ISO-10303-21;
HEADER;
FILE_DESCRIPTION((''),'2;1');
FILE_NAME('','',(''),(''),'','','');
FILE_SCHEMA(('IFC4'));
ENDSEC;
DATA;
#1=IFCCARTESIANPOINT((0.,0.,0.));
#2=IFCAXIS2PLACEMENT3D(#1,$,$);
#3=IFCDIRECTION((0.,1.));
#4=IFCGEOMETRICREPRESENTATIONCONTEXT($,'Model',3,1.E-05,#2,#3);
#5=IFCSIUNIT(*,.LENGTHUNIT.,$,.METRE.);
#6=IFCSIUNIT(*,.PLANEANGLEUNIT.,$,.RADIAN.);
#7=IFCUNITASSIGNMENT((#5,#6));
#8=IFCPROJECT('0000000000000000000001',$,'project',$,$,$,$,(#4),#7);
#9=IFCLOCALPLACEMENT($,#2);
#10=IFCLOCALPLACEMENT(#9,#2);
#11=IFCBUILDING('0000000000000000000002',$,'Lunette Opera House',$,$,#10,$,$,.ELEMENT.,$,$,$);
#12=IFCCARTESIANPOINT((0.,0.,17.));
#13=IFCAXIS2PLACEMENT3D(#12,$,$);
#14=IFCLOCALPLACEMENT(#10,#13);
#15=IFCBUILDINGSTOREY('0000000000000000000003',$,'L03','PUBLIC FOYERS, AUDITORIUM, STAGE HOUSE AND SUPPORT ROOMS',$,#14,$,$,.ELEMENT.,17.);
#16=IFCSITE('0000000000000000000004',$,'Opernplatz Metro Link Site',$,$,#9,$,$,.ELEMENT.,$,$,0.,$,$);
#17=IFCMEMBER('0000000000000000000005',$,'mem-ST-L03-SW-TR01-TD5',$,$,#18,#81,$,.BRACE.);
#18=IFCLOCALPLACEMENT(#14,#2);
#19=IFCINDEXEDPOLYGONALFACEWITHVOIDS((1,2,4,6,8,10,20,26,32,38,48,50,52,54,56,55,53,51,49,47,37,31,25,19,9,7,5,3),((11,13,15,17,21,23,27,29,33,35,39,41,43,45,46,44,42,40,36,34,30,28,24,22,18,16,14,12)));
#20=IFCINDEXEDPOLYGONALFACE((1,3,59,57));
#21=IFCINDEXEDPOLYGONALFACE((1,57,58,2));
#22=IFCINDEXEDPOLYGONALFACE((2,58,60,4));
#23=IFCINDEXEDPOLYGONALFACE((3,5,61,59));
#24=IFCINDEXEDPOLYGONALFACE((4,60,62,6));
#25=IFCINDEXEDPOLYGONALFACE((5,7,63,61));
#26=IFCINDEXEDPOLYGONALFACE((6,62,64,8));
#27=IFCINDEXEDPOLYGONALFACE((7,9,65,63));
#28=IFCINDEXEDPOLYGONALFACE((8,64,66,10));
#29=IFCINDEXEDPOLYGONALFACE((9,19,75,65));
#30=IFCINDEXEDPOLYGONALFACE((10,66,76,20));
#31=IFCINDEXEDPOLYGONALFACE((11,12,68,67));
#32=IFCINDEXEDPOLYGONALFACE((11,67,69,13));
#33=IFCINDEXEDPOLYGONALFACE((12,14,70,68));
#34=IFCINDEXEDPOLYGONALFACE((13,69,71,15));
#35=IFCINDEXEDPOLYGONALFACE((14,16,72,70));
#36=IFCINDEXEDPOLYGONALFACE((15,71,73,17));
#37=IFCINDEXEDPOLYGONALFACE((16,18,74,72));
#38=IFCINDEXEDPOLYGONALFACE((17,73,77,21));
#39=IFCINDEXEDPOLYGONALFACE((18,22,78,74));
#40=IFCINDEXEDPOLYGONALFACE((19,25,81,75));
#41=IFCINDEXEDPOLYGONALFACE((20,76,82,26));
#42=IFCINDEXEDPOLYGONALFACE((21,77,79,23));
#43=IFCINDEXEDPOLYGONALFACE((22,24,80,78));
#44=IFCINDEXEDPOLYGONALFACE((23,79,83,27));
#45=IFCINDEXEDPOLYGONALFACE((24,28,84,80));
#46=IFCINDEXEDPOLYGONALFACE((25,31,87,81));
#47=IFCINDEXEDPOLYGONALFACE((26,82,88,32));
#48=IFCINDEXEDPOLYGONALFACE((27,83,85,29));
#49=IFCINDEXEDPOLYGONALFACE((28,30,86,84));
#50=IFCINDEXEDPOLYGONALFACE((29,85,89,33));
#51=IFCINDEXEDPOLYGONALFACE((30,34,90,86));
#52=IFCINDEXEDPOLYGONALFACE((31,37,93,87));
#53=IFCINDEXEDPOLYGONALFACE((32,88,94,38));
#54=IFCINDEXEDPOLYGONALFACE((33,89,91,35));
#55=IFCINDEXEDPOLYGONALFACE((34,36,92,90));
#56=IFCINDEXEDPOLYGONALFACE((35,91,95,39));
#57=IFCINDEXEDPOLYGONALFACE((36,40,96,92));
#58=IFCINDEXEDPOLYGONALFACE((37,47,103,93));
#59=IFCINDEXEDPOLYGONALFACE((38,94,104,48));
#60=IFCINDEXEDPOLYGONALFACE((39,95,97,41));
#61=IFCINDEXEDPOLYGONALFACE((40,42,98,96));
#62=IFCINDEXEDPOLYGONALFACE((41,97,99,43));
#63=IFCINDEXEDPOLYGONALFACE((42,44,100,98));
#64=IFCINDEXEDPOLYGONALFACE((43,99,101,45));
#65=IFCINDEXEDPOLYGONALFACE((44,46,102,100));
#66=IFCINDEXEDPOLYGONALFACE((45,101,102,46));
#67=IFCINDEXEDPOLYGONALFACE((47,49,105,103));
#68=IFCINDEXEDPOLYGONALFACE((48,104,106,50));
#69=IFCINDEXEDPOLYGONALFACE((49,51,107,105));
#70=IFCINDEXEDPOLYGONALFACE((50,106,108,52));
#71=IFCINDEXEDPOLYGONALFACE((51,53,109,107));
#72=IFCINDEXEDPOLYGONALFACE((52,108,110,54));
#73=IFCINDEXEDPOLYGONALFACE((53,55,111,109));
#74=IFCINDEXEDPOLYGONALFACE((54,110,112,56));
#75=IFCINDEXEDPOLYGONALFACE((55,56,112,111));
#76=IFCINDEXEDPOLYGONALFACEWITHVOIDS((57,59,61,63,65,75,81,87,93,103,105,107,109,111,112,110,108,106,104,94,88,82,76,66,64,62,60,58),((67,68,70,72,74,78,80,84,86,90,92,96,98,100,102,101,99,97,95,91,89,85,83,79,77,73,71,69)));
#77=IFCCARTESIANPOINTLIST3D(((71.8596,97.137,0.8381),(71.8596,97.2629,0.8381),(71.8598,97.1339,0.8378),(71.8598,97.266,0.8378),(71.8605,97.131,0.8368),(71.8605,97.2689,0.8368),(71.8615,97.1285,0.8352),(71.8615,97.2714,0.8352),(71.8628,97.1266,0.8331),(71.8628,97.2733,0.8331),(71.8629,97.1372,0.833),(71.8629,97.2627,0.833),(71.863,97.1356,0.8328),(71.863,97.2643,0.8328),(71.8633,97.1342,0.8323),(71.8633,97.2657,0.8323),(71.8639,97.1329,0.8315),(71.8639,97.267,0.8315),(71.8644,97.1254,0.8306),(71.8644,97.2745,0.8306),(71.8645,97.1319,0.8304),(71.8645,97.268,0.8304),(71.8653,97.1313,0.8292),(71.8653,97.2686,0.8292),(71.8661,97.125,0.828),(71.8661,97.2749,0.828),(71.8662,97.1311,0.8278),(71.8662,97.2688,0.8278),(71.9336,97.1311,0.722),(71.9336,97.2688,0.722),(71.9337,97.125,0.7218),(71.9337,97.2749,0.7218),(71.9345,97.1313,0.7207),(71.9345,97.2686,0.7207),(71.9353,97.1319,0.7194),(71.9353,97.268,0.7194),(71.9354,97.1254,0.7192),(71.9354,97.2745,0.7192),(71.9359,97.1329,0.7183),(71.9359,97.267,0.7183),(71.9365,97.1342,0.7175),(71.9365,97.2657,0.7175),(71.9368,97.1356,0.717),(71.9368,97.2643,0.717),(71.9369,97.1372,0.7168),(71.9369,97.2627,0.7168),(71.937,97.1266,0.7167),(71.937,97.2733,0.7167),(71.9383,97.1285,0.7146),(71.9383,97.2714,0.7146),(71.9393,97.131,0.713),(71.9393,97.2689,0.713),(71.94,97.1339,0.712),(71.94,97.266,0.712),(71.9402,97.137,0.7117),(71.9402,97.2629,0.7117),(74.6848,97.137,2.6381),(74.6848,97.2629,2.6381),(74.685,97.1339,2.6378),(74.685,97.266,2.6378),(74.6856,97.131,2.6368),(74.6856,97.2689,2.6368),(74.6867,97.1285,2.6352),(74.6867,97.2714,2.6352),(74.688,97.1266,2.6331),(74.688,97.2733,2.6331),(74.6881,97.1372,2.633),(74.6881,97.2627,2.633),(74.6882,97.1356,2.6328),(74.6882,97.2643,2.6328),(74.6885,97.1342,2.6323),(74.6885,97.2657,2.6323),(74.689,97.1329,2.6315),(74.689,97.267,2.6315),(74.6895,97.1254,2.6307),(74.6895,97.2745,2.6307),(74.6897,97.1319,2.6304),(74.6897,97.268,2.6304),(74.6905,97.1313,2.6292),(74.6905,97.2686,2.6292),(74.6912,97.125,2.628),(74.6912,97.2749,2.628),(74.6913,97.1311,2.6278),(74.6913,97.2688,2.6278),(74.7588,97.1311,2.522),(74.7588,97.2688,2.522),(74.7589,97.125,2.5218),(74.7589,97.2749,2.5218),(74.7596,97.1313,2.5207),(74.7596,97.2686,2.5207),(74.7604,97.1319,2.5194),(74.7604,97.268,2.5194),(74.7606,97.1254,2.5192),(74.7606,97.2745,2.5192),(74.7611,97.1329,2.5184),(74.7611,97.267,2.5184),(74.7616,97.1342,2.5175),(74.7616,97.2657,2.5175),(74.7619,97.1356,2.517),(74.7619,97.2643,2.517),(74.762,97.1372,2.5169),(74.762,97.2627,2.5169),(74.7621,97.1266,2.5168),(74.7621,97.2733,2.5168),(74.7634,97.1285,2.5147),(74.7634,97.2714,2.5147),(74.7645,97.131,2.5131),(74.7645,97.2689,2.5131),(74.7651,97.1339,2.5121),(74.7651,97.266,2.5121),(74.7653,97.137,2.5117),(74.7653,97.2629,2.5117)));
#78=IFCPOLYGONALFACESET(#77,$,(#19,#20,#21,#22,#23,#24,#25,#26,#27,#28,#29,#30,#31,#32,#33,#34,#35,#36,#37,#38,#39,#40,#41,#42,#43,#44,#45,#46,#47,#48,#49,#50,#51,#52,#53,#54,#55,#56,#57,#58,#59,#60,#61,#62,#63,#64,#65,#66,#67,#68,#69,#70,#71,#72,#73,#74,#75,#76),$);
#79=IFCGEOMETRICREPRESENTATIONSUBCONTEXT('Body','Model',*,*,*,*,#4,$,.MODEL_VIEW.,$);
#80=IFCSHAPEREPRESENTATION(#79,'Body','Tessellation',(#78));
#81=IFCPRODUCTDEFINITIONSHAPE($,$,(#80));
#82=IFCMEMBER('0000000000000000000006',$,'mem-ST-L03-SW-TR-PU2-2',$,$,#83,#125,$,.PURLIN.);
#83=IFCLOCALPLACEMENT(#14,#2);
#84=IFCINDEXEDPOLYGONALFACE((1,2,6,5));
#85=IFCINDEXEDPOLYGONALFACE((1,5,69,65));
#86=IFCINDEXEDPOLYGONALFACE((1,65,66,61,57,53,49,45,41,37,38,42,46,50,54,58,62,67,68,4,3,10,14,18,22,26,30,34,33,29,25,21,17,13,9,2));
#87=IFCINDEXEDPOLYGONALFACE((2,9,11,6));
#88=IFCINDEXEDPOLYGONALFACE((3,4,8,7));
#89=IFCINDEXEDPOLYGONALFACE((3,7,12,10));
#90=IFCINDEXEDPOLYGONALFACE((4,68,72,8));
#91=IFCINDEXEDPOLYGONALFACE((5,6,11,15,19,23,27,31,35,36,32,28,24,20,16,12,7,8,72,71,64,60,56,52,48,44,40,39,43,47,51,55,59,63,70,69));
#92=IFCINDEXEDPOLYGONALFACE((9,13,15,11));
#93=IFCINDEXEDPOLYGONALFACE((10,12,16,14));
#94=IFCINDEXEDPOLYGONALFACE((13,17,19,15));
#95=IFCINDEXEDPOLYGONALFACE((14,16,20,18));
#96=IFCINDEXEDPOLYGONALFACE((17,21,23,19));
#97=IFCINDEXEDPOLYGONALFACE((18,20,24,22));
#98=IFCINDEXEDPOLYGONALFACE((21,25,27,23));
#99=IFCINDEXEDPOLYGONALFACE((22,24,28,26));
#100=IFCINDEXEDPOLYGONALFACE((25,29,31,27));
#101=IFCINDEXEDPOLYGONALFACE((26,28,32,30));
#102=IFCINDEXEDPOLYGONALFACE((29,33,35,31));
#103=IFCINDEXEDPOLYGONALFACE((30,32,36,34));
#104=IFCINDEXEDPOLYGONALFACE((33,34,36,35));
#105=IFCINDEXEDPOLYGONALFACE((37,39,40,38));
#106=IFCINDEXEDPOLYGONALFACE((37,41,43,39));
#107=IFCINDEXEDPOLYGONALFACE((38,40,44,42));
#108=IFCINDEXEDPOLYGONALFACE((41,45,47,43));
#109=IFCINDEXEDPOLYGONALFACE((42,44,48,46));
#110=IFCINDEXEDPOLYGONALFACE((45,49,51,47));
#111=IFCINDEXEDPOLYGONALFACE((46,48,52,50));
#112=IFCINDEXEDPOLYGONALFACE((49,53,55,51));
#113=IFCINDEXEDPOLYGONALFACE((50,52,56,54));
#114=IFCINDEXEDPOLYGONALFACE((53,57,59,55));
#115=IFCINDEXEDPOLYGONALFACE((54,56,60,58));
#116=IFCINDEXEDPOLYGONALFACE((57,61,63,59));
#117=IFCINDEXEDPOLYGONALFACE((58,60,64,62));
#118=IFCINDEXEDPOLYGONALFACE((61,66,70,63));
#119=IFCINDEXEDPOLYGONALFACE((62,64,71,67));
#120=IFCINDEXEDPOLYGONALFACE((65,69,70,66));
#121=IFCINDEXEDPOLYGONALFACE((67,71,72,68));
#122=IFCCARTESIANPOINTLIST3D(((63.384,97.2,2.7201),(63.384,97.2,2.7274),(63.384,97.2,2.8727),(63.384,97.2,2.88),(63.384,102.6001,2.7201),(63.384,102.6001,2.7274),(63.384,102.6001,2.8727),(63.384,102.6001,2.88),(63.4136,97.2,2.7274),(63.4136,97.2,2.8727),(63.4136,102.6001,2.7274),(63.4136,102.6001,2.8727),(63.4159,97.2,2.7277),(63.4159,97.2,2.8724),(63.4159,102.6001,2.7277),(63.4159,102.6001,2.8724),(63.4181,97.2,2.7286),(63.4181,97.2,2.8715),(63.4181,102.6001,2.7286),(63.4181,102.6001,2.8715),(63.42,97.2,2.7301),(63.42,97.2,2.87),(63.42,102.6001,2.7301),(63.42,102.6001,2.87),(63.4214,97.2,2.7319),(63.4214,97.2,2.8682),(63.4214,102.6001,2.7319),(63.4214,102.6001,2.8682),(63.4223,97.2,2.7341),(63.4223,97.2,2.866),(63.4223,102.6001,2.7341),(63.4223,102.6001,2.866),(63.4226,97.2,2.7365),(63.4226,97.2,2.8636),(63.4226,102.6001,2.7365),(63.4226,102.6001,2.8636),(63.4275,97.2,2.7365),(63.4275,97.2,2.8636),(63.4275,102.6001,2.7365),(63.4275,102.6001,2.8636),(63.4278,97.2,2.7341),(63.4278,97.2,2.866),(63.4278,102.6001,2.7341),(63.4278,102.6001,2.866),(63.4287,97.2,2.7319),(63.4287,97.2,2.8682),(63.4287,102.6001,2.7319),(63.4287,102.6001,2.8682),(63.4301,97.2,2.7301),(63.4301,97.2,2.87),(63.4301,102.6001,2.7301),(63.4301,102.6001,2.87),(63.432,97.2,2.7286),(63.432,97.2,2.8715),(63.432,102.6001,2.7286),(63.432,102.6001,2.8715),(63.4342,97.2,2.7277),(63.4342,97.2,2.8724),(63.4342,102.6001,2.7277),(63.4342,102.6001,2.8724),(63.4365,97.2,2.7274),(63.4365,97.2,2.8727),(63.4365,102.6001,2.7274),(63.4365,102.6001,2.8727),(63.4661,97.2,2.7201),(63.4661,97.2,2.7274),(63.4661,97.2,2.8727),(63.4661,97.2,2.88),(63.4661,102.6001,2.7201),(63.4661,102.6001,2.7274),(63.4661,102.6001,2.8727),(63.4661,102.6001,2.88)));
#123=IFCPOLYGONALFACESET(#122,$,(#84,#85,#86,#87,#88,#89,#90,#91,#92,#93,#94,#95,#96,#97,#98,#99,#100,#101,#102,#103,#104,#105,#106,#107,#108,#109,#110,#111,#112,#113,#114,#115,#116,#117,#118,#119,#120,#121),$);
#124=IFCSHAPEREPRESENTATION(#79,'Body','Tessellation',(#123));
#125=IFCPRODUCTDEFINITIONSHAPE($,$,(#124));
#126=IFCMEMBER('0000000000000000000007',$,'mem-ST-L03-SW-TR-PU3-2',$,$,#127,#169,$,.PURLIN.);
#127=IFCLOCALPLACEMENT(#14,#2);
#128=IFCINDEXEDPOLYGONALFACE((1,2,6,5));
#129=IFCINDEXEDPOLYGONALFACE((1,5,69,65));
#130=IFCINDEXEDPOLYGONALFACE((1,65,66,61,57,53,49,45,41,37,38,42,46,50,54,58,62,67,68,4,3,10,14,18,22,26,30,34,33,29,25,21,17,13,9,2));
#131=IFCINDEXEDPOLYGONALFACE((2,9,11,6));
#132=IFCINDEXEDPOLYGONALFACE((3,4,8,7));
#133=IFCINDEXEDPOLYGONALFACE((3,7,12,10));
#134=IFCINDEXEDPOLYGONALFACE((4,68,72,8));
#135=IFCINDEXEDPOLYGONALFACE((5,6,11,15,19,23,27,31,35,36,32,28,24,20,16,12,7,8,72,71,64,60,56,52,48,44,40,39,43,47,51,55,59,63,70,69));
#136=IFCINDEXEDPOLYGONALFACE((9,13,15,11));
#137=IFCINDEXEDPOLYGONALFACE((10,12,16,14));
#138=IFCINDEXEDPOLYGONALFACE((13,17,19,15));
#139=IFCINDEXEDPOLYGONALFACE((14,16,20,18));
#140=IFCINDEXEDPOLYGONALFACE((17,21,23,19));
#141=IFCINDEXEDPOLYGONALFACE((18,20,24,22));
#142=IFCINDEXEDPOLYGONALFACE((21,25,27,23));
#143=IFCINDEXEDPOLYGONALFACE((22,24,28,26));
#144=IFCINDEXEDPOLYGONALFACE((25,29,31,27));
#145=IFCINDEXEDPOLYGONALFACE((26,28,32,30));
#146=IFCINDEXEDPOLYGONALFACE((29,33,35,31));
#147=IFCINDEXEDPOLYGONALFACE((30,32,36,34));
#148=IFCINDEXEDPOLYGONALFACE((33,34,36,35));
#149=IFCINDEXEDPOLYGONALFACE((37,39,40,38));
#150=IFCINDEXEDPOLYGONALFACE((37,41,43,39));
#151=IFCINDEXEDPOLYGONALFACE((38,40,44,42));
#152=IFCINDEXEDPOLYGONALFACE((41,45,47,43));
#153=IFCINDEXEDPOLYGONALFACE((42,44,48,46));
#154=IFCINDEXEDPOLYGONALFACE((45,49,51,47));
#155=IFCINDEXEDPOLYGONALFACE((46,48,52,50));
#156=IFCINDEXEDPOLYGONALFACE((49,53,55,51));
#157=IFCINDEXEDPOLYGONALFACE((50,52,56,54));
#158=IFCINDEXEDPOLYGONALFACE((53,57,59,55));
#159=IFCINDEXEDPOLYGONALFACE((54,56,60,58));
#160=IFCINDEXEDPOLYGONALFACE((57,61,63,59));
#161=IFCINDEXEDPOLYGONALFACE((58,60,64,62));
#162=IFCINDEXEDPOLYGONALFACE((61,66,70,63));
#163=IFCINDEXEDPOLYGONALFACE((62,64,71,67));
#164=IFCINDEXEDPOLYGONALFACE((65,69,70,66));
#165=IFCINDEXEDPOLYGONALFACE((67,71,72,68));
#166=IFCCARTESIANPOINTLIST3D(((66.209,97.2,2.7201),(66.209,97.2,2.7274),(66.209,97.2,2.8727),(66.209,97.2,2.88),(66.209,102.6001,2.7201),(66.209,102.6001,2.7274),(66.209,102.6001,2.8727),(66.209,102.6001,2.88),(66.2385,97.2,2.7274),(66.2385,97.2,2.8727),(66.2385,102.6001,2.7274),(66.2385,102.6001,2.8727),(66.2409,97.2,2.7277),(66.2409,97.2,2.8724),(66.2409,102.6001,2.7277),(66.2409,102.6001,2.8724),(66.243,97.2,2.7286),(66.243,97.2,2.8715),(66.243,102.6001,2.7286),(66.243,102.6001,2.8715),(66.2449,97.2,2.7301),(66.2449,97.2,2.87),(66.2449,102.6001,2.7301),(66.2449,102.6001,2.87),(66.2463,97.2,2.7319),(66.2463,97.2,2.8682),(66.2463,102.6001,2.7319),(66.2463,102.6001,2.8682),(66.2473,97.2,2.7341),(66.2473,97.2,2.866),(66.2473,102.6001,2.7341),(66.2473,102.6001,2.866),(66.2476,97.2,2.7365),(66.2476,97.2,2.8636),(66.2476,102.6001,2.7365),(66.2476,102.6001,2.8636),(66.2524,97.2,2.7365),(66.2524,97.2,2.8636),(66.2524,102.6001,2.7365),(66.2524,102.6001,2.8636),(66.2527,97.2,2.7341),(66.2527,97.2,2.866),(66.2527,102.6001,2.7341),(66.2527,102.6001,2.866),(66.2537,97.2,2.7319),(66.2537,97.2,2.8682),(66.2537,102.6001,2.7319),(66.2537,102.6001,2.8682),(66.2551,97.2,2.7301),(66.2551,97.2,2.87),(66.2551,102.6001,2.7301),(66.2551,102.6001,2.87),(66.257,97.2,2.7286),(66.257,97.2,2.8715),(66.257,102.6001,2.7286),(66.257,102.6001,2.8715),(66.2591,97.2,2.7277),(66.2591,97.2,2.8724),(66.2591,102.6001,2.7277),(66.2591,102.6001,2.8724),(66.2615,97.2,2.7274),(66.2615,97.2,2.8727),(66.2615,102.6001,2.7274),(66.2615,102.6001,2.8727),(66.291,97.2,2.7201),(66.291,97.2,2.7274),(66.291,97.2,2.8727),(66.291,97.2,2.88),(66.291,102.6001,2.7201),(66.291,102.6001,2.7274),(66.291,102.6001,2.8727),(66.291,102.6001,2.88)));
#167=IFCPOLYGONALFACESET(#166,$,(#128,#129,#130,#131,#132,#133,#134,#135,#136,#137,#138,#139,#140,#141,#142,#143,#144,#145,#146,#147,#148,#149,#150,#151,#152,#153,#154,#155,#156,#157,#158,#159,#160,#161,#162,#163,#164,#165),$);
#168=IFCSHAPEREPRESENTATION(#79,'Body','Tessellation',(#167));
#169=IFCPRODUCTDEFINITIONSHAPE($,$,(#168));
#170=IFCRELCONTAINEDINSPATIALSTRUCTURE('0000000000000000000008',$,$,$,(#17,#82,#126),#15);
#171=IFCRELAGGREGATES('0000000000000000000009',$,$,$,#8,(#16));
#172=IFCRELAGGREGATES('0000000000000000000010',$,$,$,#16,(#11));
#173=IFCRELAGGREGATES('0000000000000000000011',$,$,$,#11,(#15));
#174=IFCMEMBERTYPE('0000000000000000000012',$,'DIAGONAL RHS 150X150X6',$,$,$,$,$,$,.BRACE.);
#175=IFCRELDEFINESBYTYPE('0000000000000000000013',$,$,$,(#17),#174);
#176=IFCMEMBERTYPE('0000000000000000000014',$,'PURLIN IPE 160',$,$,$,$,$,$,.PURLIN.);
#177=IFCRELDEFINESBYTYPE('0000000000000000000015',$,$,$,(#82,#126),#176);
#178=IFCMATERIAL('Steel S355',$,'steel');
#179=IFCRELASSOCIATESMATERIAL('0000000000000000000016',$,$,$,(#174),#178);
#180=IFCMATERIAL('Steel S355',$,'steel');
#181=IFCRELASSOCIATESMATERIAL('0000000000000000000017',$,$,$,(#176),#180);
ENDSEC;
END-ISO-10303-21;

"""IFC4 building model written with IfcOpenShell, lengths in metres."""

from ifc_helpers import new_model, si_unit, direction, frame, origin, origin_2d, place, context, subcontext, project, spatial, hollow_rectangle, i_section, extrude, material, material_profile, profile_set, type_object, element, save


model = new_model("IFC4")

# Units and contexts
model_context = context("Model", 3, precision=1e-05, world=origin(), true_north=direction((0.0, 1.0)))
body_context = subcontext(model_context, "Body", "Model", "MODEL_VIEW")
ifc_project = project(units=[si_unit("LENGTHUNIT", "METRE"), si_unit("PLANEANGLEUNIT", "RADIAN")], contexts=[model_context])

# Site, building, storey
site_placement = place(None, origin())
site = spatial("IfcSite", under=ifc_project, at=site_placement, Name="Opernplatz Metro Link Site", CompositionType="ELEMENT", RefElevation=0.0)
building_placement = place(site_placement, origin())
building = spatial("IfcBuilding", under=site, at=building_placement, Name="Lunette Opera House", CompositionType="ELEMENT")
storey_placement = place(building_placement, frame((0.0, 0.0, 17.0)))
storey = spatial("IfcBuildingStorey", under=building, at=storey_placement, Name="L03", Description="PUBLIC FOYERS, AUDITORIUM, STAGE HOUSE AND SUPPORT ROOMS", CompositionType="ELEMENT", Elevation=17.0)

# Members
ifc_material_1 = material(Name="Steel S355", Category="steel")
ifc_material_profile_1 = material_profile(ifc_material_1, hollow_rectangle(XDim=0.1499, YDim=0.1499, WallThickness=0.0061, InnerFilletRadius=0.0061, OuterFilletRadius=0.012, at=origin_2d()), Name="RHS 150X150X6")
ifc_profile_set_1 = profile_set([ifc_material_profile_1], Name="Steel S355")
member_type_1 = type_object("IfcMemberType", Name="DIAGONAL RHS 150X150X6", PredefinedType="BRACE", material=ifc_profile_set_1)
member_1_placement = place(storey_placement, frame((71.8999, 97.2, 0.7749), z_axis=(0.843364, 0.0, 0.537342), x_axis=(0.0, 1.0, 0.0)))
element("IfcMember", 1, at=member_1_placement, inside=storey, type_object=member_type_1, Name="mem-ST-L03-SW-TR01-TD5", PredefinedType="BRACE", context=body_context, shape_type="SweptSolid", body=[
    extrude(hollow_rectangle(XDim=0.1499, YDim=0.1499, WallThickness=0.0061, InnerFilletRadius=0.0061, OuterFilletRadius=0.012, at=origin_2d()), origin(), (0.0, 0.0, 1.0), 3.3499),
])
ifc_material_2 = material(Name="Steel S355", Category="steel")
ifc_material_profile_2 = material_profile(ifc_material_2, i_section(OverallWidth=0.082, OverallDepth=0.1599, WebThickness=0.0049, FlangeThickness=0.0073, FilletRadius=0.009, at=origin_2d()), Name="IPE 160")
ifc_profile_set_2 = profile_set([ifc_material_profile_2], Name="Steel S355")
member_type_2 = type_object("IfcMemberType", Name="PURLIN IPE 160", PredefinedType="PURLIN", material=ifc_profile_set_2)
for number, where, z_axis, x_axis, name in (
    (2, (63.425, 97.2, 2.8), (0.0, 1.0, 0.0), (-1.0, 0.0, 0.0), "mem-ST-L03-SW-TR-PU2-2"),
    (3, (66.25, 97.2, 2.8), (0.0, 1.0, 0.0), (-1.0, 0.0, 0.0), "mem-ST-L03-SW-TR-PU3-2"),
):
    element("IfcMember", number, at=place(storey_placement, frame(where, z_axis=z_axis, x_axis=x_axis)), inside=storey, type_object=member_type_2, Name=name, PredefinedType="PURLIN", context=body_context, shape_type="SweptSolid", body=[
        extrude(i_section(OverallWidth=0.082, OverallDepth=0.1599, WebThickness=0.0049, FlangeThickness=0.0073, FilletRadius=0.009, at=origin_2d()), origin(), (0.0, 0.0, 1.0), 5.4001),
    ])

save(model, "model.ifc")
